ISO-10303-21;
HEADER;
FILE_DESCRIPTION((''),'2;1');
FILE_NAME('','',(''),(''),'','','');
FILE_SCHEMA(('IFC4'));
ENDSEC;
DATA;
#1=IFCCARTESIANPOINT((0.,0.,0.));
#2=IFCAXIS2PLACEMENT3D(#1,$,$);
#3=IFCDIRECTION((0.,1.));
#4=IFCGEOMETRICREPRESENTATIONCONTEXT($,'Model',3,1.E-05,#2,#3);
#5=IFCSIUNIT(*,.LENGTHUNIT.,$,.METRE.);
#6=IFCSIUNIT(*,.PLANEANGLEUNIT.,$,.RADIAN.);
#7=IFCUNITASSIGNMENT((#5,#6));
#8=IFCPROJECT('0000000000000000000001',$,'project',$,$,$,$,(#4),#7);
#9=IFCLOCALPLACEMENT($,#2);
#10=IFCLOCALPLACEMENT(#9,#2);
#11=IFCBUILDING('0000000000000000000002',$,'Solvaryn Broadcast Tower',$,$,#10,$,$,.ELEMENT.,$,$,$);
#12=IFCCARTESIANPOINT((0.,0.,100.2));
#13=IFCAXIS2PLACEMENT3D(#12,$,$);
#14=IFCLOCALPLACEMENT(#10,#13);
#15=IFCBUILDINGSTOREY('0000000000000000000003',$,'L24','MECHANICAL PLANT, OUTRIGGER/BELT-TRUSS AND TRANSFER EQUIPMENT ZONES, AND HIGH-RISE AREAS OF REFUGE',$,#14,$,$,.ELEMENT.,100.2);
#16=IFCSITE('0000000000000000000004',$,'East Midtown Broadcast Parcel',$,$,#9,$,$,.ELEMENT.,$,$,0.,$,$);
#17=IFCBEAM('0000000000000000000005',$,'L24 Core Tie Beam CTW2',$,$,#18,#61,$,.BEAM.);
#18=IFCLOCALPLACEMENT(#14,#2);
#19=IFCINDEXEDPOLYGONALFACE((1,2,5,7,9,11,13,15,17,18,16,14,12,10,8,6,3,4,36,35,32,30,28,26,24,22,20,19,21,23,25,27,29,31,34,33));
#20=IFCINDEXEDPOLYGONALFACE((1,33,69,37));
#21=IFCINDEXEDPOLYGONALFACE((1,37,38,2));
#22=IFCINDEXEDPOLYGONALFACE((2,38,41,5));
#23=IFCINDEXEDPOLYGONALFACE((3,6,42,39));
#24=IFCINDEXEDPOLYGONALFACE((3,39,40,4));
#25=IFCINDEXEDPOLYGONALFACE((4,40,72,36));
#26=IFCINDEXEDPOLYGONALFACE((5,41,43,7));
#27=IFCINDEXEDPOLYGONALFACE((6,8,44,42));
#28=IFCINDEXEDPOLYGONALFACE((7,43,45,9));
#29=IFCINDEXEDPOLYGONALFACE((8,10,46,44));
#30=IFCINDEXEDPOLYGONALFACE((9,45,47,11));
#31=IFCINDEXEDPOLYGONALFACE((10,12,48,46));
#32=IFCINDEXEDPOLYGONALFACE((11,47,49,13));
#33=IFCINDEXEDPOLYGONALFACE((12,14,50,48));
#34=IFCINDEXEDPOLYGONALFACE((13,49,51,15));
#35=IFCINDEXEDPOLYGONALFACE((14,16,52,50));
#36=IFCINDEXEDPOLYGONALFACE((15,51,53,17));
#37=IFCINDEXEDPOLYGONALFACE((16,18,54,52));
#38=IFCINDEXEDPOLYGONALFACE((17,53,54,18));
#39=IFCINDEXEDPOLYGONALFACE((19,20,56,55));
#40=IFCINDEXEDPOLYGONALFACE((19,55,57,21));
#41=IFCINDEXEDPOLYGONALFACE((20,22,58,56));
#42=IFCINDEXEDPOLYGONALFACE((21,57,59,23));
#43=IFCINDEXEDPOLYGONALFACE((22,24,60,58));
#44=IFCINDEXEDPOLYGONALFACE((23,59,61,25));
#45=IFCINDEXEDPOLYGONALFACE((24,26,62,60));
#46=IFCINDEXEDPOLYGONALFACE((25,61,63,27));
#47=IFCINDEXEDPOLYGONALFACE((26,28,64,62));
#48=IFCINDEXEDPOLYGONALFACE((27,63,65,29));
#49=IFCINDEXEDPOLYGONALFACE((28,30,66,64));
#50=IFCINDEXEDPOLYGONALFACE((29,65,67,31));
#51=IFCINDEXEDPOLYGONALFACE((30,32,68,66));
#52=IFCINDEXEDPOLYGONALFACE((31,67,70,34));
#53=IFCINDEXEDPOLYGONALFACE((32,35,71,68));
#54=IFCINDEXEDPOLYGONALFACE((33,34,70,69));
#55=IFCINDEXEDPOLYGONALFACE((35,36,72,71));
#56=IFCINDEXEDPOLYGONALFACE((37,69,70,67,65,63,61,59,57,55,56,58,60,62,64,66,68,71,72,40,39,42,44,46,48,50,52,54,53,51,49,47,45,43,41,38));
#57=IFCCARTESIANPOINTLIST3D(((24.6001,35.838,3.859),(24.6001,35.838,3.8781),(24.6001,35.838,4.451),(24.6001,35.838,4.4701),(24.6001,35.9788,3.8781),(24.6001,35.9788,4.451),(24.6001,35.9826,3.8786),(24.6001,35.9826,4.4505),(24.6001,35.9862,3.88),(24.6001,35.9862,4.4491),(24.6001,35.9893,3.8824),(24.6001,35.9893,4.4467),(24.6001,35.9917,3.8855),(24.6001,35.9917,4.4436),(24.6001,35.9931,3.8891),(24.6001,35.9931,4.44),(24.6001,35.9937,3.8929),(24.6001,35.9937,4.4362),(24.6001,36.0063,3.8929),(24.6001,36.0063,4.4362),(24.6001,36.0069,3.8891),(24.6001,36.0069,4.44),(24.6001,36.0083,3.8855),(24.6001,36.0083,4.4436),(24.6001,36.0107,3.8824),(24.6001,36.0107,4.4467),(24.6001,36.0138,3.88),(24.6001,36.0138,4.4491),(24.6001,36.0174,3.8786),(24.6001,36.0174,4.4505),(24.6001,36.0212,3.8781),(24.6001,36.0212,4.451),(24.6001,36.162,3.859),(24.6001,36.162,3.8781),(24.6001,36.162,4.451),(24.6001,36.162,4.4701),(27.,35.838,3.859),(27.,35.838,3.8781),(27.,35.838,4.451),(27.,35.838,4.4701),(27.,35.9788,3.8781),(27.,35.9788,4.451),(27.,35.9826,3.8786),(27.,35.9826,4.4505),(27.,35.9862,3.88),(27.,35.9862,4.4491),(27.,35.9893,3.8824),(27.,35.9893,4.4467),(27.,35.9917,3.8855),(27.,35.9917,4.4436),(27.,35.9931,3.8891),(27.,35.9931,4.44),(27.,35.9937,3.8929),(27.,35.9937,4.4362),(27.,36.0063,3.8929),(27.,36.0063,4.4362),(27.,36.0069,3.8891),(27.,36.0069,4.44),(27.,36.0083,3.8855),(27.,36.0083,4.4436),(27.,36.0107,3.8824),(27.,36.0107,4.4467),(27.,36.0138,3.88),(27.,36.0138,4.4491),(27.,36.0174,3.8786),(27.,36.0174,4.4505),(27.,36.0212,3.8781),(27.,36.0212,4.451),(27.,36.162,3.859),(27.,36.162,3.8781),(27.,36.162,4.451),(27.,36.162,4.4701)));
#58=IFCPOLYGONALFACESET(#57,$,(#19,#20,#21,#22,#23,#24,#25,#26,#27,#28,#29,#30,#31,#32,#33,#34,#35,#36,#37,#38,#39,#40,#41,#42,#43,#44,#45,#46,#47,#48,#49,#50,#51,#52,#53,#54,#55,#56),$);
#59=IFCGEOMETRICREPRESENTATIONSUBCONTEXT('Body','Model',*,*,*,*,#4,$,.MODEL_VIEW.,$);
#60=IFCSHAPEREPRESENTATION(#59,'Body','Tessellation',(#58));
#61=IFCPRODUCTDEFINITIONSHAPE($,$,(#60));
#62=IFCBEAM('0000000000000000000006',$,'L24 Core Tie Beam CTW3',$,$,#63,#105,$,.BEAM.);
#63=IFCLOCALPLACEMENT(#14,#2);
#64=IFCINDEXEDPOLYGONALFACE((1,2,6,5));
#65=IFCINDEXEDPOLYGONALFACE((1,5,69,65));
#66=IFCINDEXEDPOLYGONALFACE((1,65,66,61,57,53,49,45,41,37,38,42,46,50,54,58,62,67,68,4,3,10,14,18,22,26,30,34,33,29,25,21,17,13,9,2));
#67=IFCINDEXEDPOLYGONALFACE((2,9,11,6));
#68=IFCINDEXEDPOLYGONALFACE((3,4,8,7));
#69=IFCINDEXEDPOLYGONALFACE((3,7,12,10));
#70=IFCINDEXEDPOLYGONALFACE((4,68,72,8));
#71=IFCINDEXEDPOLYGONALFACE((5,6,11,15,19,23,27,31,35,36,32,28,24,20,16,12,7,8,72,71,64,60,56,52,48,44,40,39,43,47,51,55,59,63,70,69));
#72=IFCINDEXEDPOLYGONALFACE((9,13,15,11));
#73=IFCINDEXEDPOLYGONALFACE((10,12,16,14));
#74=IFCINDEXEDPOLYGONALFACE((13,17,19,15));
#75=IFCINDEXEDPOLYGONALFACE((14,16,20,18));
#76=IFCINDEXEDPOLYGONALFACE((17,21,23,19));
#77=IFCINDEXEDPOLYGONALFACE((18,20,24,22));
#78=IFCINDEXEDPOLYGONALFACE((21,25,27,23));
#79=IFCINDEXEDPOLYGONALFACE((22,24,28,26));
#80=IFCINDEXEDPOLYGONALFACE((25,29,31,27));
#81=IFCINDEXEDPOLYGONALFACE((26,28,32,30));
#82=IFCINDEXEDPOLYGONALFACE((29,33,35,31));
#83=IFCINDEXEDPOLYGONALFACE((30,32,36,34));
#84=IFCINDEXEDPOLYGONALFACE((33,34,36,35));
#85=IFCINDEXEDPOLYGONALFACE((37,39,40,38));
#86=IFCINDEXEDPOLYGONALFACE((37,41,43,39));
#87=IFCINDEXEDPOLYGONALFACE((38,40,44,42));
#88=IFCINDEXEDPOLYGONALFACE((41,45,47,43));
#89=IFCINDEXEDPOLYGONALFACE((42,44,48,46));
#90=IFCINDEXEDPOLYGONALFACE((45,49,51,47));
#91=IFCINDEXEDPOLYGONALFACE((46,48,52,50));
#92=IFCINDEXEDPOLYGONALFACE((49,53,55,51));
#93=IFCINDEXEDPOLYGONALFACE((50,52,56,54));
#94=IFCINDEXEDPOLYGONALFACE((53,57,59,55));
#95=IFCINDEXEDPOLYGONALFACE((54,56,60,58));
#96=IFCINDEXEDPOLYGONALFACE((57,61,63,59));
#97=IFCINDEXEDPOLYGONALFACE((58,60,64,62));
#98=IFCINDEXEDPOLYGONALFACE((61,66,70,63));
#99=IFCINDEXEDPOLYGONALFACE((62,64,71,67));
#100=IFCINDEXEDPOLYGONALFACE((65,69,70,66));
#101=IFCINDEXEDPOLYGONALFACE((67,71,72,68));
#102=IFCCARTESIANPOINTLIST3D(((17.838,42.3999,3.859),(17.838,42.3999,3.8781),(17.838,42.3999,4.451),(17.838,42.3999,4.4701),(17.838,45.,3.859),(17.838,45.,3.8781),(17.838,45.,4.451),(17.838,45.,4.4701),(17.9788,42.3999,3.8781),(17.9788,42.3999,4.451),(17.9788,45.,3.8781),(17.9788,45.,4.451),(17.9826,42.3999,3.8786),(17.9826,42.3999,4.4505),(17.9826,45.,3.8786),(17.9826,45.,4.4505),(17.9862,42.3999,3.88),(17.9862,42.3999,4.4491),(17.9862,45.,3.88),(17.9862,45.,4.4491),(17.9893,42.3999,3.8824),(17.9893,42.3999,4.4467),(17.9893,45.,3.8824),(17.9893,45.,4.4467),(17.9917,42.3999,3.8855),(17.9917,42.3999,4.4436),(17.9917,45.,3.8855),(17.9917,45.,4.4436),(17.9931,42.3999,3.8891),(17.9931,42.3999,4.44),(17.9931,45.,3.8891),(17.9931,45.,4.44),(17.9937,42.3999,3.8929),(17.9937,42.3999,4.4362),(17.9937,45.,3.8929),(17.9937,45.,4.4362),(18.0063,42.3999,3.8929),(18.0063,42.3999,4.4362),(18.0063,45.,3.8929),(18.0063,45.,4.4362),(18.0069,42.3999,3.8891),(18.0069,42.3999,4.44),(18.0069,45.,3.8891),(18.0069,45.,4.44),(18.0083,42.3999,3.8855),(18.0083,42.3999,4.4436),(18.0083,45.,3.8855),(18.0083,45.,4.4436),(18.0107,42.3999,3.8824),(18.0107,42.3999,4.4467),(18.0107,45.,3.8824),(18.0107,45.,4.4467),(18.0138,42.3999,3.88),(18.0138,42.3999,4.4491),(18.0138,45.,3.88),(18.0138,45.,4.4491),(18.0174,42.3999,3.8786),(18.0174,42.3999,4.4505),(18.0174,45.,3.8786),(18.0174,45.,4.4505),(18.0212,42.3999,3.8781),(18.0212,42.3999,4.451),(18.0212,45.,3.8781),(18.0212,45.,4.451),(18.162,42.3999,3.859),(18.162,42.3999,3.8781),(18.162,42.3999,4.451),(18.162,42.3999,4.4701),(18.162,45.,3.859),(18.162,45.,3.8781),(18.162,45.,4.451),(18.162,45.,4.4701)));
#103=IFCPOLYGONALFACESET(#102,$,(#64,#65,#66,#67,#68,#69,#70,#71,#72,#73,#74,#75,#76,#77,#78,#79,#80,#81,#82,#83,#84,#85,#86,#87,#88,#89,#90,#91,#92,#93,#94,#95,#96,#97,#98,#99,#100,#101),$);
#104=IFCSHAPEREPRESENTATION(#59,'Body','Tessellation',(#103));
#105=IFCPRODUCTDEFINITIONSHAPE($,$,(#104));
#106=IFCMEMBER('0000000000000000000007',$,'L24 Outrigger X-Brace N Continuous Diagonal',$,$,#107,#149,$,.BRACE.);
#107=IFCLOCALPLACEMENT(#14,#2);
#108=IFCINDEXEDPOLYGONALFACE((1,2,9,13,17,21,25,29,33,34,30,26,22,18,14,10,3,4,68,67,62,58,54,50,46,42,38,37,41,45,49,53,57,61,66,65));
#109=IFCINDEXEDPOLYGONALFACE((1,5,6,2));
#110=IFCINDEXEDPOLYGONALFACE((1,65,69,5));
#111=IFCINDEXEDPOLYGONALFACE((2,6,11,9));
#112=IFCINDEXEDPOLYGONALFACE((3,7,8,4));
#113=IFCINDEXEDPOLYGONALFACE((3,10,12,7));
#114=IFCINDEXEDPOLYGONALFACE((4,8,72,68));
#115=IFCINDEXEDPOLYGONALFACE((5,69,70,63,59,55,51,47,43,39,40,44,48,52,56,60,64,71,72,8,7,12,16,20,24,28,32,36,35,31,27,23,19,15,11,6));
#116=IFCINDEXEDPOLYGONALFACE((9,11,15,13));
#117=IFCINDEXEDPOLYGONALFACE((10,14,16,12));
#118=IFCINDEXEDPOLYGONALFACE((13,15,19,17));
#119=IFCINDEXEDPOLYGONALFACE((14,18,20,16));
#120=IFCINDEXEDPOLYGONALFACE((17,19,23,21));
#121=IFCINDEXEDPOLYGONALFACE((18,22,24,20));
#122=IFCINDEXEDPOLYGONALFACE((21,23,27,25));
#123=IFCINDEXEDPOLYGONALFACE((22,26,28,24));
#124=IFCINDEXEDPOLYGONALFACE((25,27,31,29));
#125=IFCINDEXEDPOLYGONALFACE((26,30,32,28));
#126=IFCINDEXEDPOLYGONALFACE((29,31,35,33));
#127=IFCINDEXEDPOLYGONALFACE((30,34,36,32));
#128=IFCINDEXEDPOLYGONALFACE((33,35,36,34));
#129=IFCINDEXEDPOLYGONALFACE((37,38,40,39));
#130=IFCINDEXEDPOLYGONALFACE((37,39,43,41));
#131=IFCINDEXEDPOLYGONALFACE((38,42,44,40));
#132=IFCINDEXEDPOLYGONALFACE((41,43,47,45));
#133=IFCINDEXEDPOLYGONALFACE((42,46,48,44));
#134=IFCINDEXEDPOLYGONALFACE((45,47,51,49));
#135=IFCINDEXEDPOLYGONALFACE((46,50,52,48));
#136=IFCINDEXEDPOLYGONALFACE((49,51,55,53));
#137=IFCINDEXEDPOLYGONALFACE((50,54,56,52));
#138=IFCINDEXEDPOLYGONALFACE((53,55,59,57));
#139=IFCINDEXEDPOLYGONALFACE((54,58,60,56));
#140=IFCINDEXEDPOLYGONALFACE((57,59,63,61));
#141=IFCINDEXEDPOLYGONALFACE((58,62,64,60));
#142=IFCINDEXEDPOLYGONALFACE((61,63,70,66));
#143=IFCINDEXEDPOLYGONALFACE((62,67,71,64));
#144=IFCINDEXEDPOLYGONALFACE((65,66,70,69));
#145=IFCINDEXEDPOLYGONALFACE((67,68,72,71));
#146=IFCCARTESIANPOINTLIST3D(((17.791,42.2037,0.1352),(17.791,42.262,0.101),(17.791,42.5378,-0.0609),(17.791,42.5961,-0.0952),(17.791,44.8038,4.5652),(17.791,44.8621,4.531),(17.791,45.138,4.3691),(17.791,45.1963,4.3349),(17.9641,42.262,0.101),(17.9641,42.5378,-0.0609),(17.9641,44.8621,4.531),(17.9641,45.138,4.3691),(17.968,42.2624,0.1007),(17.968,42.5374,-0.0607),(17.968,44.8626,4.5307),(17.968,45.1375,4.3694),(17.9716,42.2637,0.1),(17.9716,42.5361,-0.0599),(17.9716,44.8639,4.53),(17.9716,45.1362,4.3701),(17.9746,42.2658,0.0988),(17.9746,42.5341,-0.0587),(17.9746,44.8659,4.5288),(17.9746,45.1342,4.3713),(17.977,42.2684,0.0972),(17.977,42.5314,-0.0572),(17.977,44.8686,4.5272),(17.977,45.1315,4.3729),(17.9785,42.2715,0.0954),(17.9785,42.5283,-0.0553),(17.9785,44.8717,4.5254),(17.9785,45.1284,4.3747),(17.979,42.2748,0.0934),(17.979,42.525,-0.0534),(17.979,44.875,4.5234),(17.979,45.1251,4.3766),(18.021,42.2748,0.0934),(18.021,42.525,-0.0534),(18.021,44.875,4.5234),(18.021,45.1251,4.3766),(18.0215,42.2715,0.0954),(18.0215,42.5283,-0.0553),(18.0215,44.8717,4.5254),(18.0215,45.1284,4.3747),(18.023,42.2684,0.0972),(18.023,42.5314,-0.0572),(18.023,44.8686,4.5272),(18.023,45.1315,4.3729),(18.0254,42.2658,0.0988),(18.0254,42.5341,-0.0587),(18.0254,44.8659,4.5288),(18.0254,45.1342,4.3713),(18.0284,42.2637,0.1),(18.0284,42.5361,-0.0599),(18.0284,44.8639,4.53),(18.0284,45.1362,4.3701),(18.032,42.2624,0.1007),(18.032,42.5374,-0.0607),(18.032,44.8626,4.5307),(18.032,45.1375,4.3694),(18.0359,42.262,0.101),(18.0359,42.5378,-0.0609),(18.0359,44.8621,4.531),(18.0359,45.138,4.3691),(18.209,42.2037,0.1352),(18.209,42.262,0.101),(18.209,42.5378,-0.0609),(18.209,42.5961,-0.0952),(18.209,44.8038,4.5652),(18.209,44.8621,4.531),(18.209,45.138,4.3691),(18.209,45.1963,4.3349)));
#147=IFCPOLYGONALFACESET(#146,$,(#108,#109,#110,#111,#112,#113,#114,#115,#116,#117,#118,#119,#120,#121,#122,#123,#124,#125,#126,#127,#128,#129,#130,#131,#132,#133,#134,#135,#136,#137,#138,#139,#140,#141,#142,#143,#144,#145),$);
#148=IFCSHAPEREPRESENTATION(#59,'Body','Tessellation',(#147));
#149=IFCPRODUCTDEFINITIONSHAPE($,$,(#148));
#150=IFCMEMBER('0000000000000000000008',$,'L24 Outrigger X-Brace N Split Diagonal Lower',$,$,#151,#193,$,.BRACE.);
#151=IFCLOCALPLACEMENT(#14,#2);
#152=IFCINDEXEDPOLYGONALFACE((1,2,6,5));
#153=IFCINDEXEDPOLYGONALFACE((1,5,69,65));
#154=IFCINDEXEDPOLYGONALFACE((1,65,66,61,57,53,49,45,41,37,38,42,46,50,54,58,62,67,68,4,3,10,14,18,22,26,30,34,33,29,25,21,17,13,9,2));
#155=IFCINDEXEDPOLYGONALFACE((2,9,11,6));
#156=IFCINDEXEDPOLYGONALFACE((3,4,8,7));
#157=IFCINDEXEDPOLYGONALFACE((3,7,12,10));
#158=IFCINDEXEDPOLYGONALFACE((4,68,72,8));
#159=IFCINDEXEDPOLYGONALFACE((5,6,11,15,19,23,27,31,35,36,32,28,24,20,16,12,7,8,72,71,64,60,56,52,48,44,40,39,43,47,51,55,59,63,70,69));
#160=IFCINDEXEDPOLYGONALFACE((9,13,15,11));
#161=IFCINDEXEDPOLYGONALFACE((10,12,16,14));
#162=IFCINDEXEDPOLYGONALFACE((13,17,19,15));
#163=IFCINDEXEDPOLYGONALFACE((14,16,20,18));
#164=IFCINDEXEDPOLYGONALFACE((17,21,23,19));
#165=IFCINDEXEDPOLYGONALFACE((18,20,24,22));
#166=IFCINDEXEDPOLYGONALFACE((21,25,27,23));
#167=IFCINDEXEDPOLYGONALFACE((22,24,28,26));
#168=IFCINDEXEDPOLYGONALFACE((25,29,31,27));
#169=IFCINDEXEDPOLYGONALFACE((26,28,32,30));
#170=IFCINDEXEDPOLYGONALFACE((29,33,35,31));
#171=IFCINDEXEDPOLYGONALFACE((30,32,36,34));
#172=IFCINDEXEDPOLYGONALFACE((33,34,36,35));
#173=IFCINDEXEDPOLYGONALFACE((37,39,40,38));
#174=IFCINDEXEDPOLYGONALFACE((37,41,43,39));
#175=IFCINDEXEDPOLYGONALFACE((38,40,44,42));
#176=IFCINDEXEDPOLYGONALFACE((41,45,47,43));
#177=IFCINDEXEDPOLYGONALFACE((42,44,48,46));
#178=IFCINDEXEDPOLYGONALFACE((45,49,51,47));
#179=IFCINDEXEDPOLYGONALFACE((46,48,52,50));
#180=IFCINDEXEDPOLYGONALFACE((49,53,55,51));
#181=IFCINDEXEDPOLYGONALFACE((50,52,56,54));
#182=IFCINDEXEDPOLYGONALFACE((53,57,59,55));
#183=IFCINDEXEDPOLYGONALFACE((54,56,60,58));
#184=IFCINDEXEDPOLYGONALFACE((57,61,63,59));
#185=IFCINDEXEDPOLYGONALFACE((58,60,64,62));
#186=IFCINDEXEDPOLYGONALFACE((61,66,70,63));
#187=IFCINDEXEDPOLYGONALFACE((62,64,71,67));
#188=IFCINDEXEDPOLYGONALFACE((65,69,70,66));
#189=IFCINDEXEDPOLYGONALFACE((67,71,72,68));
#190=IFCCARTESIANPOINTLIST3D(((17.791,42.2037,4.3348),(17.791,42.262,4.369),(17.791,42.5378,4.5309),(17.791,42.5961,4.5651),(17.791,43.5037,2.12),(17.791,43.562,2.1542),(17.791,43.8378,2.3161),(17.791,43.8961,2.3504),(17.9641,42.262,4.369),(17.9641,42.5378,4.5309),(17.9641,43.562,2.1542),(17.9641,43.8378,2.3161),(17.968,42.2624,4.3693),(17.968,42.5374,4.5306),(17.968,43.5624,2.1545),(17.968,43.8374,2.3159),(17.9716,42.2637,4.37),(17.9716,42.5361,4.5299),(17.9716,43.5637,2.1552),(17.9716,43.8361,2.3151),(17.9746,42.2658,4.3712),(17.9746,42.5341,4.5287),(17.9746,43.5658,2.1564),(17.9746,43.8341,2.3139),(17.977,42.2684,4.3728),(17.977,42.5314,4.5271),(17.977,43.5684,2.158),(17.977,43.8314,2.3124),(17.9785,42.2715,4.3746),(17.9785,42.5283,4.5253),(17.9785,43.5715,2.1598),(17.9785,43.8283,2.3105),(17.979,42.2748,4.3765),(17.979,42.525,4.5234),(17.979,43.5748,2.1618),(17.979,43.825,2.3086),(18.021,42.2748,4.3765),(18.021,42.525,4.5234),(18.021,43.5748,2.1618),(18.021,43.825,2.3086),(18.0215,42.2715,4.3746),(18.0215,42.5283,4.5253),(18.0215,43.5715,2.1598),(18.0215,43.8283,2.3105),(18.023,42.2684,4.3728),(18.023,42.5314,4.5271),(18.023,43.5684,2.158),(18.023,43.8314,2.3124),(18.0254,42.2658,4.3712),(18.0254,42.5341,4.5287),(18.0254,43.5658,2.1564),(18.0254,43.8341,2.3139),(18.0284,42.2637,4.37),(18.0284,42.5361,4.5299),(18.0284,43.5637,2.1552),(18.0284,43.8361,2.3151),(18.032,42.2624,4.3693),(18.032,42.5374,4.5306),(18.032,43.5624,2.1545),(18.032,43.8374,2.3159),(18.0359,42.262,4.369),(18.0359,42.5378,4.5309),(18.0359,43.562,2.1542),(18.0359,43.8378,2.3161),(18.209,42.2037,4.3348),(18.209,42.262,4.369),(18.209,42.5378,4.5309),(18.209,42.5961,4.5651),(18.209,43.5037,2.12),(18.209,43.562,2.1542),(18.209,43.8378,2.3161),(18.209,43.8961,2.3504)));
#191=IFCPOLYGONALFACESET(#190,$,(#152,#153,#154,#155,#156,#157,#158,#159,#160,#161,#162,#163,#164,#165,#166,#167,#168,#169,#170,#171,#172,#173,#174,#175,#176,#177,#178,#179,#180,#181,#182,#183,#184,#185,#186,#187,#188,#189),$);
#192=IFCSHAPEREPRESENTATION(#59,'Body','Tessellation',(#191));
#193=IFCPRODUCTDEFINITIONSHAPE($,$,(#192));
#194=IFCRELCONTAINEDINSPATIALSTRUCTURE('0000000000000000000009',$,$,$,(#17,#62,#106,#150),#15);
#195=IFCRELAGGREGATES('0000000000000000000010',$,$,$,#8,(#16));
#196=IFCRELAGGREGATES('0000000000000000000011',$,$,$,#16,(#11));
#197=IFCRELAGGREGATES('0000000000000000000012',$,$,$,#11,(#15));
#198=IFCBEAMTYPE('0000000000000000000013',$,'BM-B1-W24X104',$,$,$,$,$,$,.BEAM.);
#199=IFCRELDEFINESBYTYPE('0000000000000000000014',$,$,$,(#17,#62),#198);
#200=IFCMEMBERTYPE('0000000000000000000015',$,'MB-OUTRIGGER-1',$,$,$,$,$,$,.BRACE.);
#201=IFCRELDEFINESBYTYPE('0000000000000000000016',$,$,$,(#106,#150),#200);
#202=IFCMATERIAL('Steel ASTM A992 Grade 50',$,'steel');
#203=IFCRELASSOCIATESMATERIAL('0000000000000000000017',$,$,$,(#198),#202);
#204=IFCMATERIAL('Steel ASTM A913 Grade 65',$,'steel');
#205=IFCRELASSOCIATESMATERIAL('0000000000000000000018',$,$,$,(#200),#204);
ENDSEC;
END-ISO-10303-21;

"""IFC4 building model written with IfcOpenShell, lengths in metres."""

from ifc_helpers import new_model, si_unit, direction, frame, origin, origin_2d, place, context, subcontext, project, spatial, i_section, extrude, material, material_profile, profile_set, type_object, element, save


model = new_model("IFC4")

# Units and contexts
model_context = context("Model", 3, precision=1e-05, world=origin(), true_north=direction((0.0, 1.0)))
body_context = subcontext(model_context, "Body", "Model", "MODEL_VIEW")
ifc_project = project(units=[si_unit("LENGTHUNIT", "METRE"), si_unit("PLANEANGLEUNIT", "RADIAN")], contexts=[model_context])

# Site, building, storey
site_placement = place(None, origin())
site = spatial("IfcSite", under=ifc_project, at=site_placement, Name="East Midtown Broadcast Parcel", CompositionType="ELEMENT", RefElevation=0.0)
building_placement = place(site_placement, origin())
building = spatial("IfcBuilding", under=site, at=building_placement, Name="Solvaryn Broadcast Tower", CompositionType="ELEMENT")
storey_placement = place(building_placement, frame((0.0, 0.0, 100.2)))
storey = spatial("IfcBuildingStorey", under=building, at=storey_placement, Name="L24", Description="MECHANICAL PLANT, OUTRIGGER/BELT-TRUSS AND TRANSFER EQUIPMENT ZONES, AND HIGH-RISE AREAS OF REFUGE", CompositionType="ELEMENT", Elevation=100.2)

# Beams
ifc_material_1 = material(Name="Steel ASTM A992 Grade 50", Category="steel")
ifc_material_profile_1 = material_profile(ifc_material_1, i_section(OverallWidth=0.324, OverallDepth=0.6111, WebThickness=0.0127, FlangeThickness=0.019, FilletRadius=0.0149, at=origin_2d()))
ifc_profile_set_1 = profile_set([ifc_material_profile_1], Name="Steel ASTM A992 Grade 50")
beam_type = type_object("IfcBeamType", Name="BM-B1-W24X104", PredefinedType="BEAM", material=ifc_profile_set_1)
beam_1_placement = place(storey_placement, frame((24.6001, 36.0, 4.1646), z_axis=(1.0, 0.0, 0.0), x_axis=(0.0, 1.0, 0.0)))
element("IfcBeam", 1, at=beam_1_placement, inside=storey, type_object=beam_type, Name="L24 Core Tie Beam CTW2", PredefinedType="BEAM", context=body_context, shape_type="SweptSolid", body=[
    extrude(i_section(OverallWidth=0.324, OverallDepth=0.6111, WebThickness=0.0127, FlangeThickness=0.019, FilletRadius=0.0149, at=origin_2d()), origin(), (0.0, 0.0, 1.0), 2.3999),
])
beam_2_placement = place(storey_placement, frame((18.0, 42.3999, 4.1646), z_axis=(0.0, 1.0, 0.0), x_axis=(-1.0, 0.0, 0.0)))
element("IfcBeam", 2, at=beam_2_placement, inside=storey, type_object=beam_type, Name="L24 Core Tie Beam CTW3", PredefinedType="BEAM", context=body_context, shape_type="SweptSolid", body=[
    extrude(i_section(OverallWidth=0.324, OverallDepth=0.6111, WebThickness=0.0127, FlangeThickness=0.019, FilletRadius=0.0149, at=origin_2d()), origin(), (0.0, 0.0, 1.0), 2.6001),
])

# Members
ifc_material_2 = material(Name="Steel ASTM A913 Grade 65", Category="steel")
ifc_material_profile_2 = material_profile(ifc_material_2, i_section(OverallWidth=0.418, OverallDepth=0.4551, WebThickness=0.042, FlangeThickness=0.0676, FilletRadius=0.0149, at=origin_2d()))
ifc_profile_set_2 = profile_set([ifc_material_profile_2], Name="Steel ASTM A913 Grade 65")
member_type = type_object("IfcMemberType", Name="MB-OUTRIGGER-1", PredefinedType="BRACE", material=ifc_profile_set_2)
member_1_placement = place(storey_placement, frame((18.0, 42.3999, 0.02), z_axis=(0.0, 0.506189, 0.862423), x_axis=(-1.0, 0.0, 0.0)))
element("IfcMember", 3, at=member_1_placement, inside=storey, type_object=member_type, Name="L24 Outrigger X-Brace N Continuous Diagonal", PredefinedType="BRACE", context=body_context, shape_type="SweptSolid", body=[
    extrude(i_section(OverallWidth=0.418, OverallDepth=0.4551, WebThickness=0.042, FlangeThickness=0.0676, FilletRadius=0.0149, at=origin_2d()), origin(), (0.0, 0.0, 1.0), 5.1367),
])
member_2_placement = place(storey_placement, frame((18.0, 42.3999, 4.45), z_axis=(0.0, 0.50621, -0.86241), x_axis=(-1.0, 0.0, 0.0)))
element("IfcMember", 4, at=member_2_placement, inside=storey, type_object=member_type, Name="L24 Outrigger X-Brace N Split Diagonal Lower", PredefinedType="BRACE", context=body_context, shape_type="SweptSolid", body=[
    extrude(i_section(OverallWidth=0.418, OverallDepth=0.4551, WebThickness=0.042, FlangeThickness=0.0676, FilletRadius=0.0149, at=origin_2d()), origin(), (0.0, 0.0, 1.0), 2.5681),
])

save(model, "model.ifc")
